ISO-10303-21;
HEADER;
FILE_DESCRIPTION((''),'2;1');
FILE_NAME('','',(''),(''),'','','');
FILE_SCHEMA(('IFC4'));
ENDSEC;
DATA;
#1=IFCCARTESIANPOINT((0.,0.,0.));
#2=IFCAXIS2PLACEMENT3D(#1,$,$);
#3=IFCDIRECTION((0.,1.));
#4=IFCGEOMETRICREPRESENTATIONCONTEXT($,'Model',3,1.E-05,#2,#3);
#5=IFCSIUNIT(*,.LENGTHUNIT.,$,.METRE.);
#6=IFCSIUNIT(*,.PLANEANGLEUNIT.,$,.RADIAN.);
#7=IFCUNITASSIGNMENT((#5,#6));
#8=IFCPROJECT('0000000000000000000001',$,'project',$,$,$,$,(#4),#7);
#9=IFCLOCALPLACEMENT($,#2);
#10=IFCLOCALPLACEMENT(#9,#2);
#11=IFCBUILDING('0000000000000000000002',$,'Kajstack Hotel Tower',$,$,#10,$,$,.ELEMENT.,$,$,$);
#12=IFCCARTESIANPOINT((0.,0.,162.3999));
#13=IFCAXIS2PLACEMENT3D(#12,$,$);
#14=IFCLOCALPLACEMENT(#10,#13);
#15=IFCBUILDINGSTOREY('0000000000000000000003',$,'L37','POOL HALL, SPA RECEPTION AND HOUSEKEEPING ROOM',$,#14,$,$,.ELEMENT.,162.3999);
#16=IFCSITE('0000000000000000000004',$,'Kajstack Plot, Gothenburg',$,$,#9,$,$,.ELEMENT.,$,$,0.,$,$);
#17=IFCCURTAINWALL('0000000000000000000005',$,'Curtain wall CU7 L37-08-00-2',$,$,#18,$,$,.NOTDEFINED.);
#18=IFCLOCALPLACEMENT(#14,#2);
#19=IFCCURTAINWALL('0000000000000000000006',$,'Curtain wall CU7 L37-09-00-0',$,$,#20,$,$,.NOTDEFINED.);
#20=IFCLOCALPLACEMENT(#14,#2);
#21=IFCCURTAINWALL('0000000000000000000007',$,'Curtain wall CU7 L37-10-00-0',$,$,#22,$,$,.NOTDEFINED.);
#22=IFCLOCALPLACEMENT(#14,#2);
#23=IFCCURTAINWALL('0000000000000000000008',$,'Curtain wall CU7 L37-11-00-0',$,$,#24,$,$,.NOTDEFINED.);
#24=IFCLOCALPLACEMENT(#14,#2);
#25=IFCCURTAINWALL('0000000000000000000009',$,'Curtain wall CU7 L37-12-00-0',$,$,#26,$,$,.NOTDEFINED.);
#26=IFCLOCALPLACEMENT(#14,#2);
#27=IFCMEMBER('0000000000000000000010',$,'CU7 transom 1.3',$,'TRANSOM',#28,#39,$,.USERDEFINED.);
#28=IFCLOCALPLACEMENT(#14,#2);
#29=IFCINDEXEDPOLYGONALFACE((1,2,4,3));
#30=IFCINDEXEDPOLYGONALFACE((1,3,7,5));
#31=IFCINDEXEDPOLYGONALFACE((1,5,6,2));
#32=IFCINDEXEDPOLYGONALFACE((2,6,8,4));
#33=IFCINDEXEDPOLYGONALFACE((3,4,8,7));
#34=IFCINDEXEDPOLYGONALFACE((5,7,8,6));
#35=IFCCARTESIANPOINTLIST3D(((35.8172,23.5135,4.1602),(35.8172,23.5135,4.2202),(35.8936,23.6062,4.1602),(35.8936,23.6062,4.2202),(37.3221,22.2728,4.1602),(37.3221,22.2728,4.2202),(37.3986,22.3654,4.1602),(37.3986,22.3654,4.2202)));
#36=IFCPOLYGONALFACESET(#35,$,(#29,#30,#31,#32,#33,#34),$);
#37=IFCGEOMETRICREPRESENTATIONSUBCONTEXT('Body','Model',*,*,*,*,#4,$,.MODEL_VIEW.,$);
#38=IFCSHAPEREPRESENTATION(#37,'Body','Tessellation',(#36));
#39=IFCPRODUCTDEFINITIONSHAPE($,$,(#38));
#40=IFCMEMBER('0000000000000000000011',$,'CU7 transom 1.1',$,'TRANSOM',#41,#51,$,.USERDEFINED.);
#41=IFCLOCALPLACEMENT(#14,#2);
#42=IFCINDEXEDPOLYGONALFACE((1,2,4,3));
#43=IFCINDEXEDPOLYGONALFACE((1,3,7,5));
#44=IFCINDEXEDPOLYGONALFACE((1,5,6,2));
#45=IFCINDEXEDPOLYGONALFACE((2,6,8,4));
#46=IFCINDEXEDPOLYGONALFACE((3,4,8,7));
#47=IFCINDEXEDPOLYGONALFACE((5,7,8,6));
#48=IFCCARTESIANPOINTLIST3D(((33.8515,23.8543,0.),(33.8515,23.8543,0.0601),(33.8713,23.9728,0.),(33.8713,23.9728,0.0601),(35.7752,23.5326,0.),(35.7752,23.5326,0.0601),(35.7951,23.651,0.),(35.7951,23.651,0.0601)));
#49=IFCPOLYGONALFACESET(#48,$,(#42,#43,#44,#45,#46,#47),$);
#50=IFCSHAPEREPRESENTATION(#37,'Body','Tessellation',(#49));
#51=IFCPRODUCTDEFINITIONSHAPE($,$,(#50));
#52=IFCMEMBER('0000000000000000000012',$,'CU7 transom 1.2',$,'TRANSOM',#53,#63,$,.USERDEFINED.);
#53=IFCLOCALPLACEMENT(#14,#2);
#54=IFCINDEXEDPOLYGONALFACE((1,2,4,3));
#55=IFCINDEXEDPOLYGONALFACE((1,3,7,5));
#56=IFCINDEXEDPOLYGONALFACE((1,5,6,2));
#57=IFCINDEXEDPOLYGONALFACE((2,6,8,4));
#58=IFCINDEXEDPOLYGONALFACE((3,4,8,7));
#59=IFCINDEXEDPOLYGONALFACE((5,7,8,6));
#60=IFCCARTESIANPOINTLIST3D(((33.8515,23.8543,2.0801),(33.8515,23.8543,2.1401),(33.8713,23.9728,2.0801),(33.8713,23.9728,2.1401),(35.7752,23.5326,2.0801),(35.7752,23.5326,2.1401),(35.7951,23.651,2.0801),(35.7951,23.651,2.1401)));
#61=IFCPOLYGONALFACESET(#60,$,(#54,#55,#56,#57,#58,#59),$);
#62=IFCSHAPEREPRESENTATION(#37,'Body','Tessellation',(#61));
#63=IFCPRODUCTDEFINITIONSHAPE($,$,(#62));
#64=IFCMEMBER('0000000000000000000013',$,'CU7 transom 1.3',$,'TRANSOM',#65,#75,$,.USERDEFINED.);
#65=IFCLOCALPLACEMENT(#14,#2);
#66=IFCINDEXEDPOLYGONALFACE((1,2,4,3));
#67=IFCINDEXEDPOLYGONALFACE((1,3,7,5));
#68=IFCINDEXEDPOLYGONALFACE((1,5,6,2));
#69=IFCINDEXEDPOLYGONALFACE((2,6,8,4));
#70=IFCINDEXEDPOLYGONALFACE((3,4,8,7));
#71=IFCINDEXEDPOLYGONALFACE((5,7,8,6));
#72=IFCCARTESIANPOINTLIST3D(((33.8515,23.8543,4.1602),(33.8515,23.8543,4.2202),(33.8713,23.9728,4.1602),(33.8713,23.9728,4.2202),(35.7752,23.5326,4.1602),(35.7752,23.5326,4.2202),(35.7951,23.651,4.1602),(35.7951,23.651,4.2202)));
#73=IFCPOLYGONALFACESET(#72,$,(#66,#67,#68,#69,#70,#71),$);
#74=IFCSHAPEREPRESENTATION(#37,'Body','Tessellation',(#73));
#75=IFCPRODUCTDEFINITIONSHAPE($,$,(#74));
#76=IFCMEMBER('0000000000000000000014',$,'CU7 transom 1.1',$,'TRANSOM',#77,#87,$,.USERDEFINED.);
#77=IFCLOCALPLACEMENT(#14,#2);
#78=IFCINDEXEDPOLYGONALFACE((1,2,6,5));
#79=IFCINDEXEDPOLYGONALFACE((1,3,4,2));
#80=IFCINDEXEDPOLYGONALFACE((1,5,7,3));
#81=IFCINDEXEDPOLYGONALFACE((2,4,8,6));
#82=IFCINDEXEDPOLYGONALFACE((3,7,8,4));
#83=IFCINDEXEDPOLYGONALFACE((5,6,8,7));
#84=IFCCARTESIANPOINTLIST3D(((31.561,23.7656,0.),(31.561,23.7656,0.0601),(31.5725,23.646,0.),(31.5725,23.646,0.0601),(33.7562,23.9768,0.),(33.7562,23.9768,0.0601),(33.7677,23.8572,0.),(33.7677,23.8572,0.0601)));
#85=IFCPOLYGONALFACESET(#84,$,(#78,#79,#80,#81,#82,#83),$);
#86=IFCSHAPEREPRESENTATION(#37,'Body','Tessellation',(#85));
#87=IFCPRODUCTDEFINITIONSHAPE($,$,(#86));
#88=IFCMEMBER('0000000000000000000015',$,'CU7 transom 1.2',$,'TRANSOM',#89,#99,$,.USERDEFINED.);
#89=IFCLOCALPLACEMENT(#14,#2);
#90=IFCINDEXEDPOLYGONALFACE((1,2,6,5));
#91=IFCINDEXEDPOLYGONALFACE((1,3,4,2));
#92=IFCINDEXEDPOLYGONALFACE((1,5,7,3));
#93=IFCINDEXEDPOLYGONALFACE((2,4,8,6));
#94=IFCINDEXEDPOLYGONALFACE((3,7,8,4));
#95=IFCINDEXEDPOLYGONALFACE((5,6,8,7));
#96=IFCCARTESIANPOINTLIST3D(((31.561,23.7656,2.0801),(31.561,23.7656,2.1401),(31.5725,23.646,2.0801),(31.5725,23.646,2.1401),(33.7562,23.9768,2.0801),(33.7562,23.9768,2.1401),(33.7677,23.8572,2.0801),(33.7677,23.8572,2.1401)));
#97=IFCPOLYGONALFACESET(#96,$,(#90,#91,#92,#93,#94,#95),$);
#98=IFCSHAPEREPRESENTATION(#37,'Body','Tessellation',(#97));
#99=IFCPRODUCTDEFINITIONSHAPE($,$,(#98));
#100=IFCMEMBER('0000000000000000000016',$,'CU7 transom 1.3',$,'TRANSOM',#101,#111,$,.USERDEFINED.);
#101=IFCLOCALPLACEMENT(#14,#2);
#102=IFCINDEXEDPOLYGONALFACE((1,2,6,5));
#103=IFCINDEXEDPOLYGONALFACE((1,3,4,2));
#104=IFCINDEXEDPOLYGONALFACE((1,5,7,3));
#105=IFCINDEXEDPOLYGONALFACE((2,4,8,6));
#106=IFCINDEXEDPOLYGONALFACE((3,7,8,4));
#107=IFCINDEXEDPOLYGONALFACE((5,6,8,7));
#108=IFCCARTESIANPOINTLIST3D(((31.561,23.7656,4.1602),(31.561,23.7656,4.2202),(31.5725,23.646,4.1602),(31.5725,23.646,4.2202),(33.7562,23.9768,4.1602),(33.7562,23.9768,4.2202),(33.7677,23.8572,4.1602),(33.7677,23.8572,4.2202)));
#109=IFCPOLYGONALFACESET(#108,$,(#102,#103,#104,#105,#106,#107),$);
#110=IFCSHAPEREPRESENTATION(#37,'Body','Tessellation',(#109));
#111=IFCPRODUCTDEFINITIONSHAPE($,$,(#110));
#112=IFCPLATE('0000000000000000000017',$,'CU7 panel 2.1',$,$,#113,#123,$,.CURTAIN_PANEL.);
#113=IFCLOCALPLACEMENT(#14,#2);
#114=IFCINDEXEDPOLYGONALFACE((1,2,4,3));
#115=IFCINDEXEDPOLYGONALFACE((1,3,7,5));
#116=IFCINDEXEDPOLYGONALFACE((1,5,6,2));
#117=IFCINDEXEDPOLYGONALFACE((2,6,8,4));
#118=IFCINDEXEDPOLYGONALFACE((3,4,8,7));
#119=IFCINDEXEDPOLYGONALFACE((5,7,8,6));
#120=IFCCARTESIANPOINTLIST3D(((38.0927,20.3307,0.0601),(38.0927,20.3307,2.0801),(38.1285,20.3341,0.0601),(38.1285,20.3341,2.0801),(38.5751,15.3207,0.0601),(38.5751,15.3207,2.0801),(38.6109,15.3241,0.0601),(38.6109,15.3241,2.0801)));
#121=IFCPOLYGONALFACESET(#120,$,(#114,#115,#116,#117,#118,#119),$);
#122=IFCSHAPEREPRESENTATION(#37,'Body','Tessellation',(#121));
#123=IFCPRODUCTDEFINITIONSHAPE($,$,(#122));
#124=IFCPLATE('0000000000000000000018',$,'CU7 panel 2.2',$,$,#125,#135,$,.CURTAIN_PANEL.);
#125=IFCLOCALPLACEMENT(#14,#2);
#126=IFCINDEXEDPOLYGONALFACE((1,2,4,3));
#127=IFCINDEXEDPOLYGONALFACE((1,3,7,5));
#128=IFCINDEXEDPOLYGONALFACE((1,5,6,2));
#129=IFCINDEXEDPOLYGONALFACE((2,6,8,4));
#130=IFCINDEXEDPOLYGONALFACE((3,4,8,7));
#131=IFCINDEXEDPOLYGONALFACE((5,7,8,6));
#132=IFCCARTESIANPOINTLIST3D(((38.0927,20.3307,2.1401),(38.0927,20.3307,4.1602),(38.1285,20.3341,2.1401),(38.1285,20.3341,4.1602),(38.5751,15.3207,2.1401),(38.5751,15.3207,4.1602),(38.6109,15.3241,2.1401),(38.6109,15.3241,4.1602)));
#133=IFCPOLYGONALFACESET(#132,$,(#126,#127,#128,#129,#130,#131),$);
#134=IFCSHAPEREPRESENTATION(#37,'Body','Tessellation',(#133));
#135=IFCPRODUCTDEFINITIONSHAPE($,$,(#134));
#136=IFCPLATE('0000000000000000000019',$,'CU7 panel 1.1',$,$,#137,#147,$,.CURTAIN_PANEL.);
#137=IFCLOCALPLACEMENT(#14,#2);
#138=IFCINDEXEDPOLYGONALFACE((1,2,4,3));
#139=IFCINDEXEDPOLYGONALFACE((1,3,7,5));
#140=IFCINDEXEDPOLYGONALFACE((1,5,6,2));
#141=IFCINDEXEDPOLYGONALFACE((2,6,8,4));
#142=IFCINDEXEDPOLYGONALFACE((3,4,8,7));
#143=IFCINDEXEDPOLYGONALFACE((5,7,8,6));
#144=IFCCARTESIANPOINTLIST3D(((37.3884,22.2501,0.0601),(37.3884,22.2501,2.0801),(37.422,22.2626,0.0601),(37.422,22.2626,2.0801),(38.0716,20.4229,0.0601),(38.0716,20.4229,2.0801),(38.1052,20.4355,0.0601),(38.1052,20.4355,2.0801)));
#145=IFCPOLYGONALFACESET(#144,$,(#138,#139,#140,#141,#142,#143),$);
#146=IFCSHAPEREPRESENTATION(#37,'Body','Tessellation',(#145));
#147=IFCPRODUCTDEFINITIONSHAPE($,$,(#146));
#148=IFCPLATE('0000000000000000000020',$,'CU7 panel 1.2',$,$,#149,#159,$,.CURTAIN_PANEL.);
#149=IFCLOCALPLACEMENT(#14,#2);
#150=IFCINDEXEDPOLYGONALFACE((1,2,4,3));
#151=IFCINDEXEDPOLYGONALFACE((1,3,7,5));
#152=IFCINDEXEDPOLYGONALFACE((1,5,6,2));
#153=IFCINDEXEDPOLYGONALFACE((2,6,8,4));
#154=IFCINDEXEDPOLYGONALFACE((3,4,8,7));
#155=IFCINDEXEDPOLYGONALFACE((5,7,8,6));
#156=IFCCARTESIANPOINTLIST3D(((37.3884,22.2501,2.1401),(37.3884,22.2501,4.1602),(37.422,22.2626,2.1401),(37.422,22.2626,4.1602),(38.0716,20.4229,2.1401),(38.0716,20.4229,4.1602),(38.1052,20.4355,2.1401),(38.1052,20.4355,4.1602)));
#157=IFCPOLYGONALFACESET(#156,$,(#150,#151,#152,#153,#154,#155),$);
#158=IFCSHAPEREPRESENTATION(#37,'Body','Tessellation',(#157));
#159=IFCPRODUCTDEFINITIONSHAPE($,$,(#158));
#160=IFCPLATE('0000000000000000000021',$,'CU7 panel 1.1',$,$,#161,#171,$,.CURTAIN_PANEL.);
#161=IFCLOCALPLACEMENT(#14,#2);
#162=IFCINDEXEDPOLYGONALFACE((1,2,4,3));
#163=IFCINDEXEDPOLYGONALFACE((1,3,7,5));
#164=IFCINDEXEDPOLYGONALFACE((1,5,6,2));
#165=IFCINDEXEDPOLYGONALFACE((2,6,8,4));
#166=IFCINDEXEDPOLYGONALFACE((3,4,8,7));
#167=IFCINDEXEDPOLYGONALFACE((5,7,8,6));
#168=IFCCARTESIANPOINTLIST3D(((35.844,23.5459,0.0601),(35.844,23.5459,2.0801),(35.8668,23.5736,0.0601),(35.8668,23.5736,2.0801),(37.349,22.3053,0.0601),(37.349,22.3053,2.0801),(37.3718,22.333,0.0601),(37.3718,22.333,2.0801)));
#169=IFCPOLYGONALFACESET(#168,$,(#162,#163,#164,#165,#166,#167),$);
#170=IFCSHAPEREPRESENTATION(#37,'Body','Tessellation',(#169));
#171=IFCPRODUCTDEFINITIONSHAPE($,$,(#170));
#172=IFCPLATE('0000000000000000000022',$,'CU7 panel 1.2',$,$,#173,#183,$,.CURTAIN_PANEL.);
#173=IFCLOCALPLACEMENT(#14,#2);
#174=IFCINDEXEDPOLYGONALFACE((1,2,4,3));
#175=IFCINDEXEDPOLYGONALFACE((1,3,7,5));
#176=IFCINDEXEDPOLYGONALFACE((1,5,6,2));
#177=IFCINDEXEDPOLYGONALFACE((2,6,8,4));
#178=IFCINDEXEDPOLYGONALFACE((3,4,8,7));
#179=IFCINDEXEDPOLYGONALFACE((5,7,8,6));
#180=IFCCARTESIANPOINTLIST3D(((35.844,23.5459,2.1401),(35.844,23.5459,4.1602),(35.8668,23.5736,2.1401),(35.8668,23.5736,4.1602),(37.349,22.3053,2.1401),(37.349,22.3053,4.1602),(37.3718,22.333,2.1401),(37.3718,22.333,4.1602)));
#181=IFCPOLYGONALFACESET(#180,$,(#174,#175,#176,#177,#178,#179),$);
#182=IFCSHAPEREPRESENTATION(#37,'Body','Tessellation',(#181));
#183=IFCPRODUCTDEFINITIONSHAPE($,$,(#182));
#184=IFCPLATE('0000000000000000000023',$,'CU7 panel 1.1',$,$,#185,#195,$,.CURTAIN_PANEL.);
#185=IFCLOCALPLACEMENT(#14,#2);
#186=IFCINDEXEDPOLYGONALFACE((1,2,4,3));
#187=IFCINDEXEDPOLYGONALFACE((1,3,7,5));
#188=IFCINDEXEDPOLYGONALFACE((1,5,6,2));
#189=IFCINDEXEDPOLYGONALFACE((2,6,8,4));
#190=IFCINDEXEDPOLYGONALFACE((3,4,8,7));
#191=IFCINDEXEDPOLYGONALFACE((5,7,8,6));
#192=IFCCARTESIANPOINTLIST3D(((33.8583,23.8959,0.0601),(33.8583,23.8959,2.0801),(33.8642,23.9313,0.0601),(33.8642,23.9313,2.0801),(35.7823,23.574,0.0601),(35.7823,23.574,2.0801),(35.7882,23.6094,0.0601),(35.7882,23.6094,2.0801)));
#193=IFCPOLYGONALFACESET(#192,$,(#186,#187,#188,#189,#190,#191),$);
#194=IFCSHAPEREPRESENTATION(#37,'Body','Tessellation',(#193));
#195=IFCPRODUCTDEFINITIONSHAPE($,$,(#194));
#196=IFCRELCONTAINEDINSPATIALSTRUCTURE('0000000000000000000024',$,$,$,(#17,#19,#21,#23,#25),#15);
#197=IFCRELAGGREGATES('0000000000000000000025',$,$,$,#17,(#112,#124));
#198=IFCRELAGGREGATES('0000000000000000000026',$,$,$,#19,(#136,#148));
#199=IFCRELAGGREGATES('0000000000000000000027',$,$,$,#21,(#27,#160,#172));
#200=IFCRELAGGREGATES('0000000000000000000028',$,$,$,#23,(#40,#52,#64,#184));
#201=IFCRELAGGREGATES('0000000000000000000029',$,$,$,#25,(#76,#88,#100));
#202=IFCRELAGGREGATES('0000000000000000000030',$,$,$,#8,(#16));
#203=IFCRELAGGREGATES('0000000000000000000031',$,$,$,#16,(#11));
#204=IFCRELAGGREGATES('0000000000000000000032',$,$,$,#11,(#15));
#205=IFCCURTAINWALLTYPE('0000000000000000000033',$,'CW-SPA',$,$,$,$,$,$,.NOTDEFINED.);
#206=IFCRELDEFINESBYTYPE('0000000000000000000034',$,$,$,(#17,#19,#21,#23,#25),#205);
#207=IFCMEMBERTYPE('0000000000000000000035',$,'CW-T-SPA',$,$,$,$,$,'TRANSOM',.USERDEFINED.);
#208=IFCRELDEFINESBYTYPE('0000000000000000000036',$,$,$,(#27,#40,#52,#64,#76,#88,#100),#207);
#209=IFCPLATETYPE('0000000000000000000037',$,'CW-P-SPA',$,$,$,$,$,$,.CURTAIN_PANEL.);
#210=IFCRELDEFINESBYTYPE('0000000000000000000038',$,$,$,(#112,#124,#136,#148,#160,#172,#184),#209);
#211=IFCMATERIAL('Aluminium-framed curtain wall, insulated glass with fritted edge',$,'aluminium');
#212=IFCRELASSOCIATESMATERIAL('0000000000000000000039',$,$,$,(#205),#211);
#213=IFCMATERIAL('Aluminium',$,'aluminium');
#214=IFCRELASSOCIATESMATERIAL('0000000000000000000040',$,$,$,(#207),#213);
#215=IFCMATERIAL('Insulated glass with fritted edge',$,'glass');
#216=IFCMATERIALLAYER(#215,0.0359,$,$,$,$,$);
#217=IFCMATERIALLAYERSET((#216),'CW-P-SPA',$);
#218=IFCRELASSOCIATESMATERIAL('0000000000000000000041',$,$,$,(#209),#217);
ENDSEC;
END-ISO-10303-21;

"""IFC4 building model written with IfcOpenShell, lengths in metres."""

from ifc_helpers import new_model, si_unit, direction, frame, origin, origin_2d, place, context, subcontext, project, spatial, rectangle, extrude, material, layer, layer_set, material_profile, profile_set, type_object, element, aggregate, save


model = new_model("IFC4")

# Units and contexts
model_context = context("Model", 3, precision=1e-05, world=origin(), true_north=direction((0.0, 1.0)))
body_context = subcontext(model_context, "Body", "Model", "MODEL_VIEW")
ifc_project = project(units=[si_unit("LENGTHUNIT", "METRE"), si_unit("PLANEANGLEUNIT", "RADIAN")], contexts=[model_context])

# Site, building, storey
site_placement = place(None, origin())
site = spatial("IfcSite", under=ifc_project, at=site_placement, Name="Kajstack Plot, Gothenburg", CompositionType="ELEMENT", RefElevation=0.0)
building_placement = place(site_placement, origin())
building = spatial("IfcBuilding", under=site, at=building_placement, Name="Kajstack Hotel Tower", CompositionType="ELEMENT")
storey_placement = place(building_placement, frame((0.0, 0.0, 162.3999)))
storey = spatial("IfcBuildingStorey", under=building, at=storey_placement, Name="L37", Description="POOL HALL, SPA RECEPTION AND HOUSEKEEPING ROOM", CompositionType="ELEMENT", Elevation=162.3999)

# Curtain wall
ifc_material_1 = material(Name="Aluminium-framed curtain wall, insulated glass with fritted edge", Category="aluminium")
curtain_wall_type = type_object("IfcCurtainWallType", Name="CW-SPA", PredefinedType="NOTDEFINED", material=ifc_material_1)
curtain_wall_1_placement = place(storey_placement, origin())
curtain_wall_1 = element("IfcCurtainWall", 1, at=curtain_wall_1_placement, inside=storey, type_object=curtain_wall_type, Name="Curtain wall CU7 L37-08-00-2", PredefinedType="NOTDEFINED")
ifc_material_2 = material(Name="Aluminium", Category="aluminium")

# Curtain walls
curtain_wall_2_placement = place(storey_placement, origin())
curtain_wall_2 = element("IfcCurtainWall", 2, at=curtain_wall_2_placement, inside=storey, type_object=curtain_wall_type, Name="Curtain wall CU7 L37-09-00-0", PredefinedType="NOTDEFINED")
curtain_wall_3_placement = place(storey_placement, origin())
curtain_wall_3 = element("IfcCurtainWall", 3, at=curtain_wall_3_placement, inside=storey, type_object=curtain_wall_type, Name="Curtain wall CU7 L37-10-00-0", PredefinedType="NOTDEFINED")
curtain_wall_4_placement = place(storey_placement, origin())
curtain_wall_4 = element("IfcCurtainWall", 4, at=curtain_wall_4_placement, inside=storey, type_object=curtain_wall_type, Name="Curtain wall CU7 L37-11-00-0", PredefinedType="NOTDEFINED")
curtain_wall_5_placement = place(storey_placement, origin())
curtain_wall_5 = element("IfcCurtainWall", 5, at=curtain_wall_5_placement, inside=storey, type_object=curtain_wall_type, Name="Curtain wall CU7 L37-12-00-0", PredefinedType="NOTDEFINED")

# Members
ifc_material_profile_1 = material_profile(ifc_material_2, rectangle(XDim=0.1201, YDim=0.0601, at=origin_2d()), Name="Aluminium transom 120 x 60")
ifc_profile_set_1 = profile_set([ifc_material_profile_1], Name="Aluminium")
member_type_1 = type_object("IfcMemberType", Name="CW-T-SPA", ElementType="TRANSOM", PredefinedType="USERDEFINED", material=ifc_profile_set_1)
member_1_placement = place(storey_placement, frame((37.3604, 22.3191, 4.1902), z_axis=(-0.771576, 0.636137, 0.0), x_axis=(-0.636137, -0.771576, 0.0)))
member_1 = element("IfcMember", 6, at=member_1_placement, type_object=member_type_1, Name="CU7 transom 1.3", ObjectType="TRANSOM", PredefinedType="USERDEFINED", context=body_context, shape_type="SweptSolid", body=[
    extrude(rectangle(XDim=0.1201, YDim=0.0601, at=origin_2d()), origin(), (0.0, 0.0, 1.0), 1.9504),
])
member_2_placement = place(storey_placement, frame((35.7852, 23.5918, 0.03), z_axis=(-0.986299, 0.164967, 0.0), x_axis=(-0.164967, -0.986299, 0.0)))
member_2 = element("IfcMember", 7, at=member_2_placement, type_object=member_type_1, Name="CU7 transom 1.1", ObjectType="TRANSOM", PredefinedType="USERDEFINED", context=body_context, shape_type="SweptSolid", body=[
    extrude(rectangle(XDim=0.1201, YDim=0.0601, at=origin_2d()), origin(), (0.0, 0.0, 1.0), 1.9504),
])
member_3_placement = place(storey_placement, frame((35.7852, 23.5918, 2.1101), z_axis=(-0.986299, 0.164967, 0.0), x_axis=(-0.164967, -0.986299, 0.0)))
member_3 = element("IfcMember", 8, at=member_3_placement, type_object=member_type_1, Name="CU7 transom 1.2", ObjectType="TRANSOM", PredefinedType="USERDEFINED", context=body_context, shape_type="SweptSolid", body=[
    extrude(rectangle(XDim=0.1201, YDim=0.0601, at=origin_2d()), origin(), (0.0, 0.0, 1.0), 1.9504),
])
member_4_placement = place(storey_placement, frame((35.7852, 23.5918, 4.1902), z_axis=(-0.986299, 0.164967, 0.0), x_axis=(-0.164967, -0.986299, 0.0)))
member_4 = element("IfcMember", 9, at=member_4_placement, type_object=member_type_1, Name="CU7 transom 1.3", ObjectType="TRANSOM", PredefinedType="USERDEFINED", context=body_context, shape_type="SweptSolid", body=[
    extrude(rectangle(XDim=0.1201, YDim=0.0601, at=origin_2d()), origin(), (0.0, 0.0, 1.0), 1.9504),
])
member_5_placement = place(storey_placement, frame((33.762, 23.917, 0.03), z_axis=(-0.995404, -0.095765, 0.0), x_axis=(0.095765, -0.995404, 0.0)))
member_5 = element("IfcMember", 10, at=member_5_placement, type_object=member_type_1, Name="CU7 transom 1.1", ObjectType="TRANSOM", PredefinedType="USERDEFINED", context=body_context, shape_type="SweptSolid", body=[
    extrude(rectangle(XDim=0.1201, YDim=0.0601, at=origin_2d()), origin(), (0.0, 0.0, 1.0), 2.2053),
])
member_6_placement = place(storey_placement, frame((33.762, 23.917, 2.1101), z_axis=(-0.995404, -0.095765, 0.0), x_axis=(0.095765, -0.995404, 0.0)))
member_6 = element("IfcMember", 11, at=member_6_placement, type_object=member_type_1, Name="CU7 transom 1.2", ObjectType="TRANSOM", PredefinedType="USERDEFINED", context=body_context, shape_type="SweptSolid", body=[
    extrude(rectangle(XDim=0.1201, YDim=0.0601, at=origin_2d()), origin(), (0.0, 0.0, 1.0), 2.2053),
])
member_7_placement = place(storey_placement, frame((33.762, 23.917, 4.1902), z_axis=(-0.995404, -0.095765, 0.0), x_axis=(0.095765, -0.995404, 0.0)))
member_7 = element("IfcMember", 12, at=member_7_placement, type_object=member_type_1, Name="CU7 transom 1.3", ObjectType="TRANSOM", PredefinedType="USERDEFINED", context=body_context, shape_type="SweptSolid", body=[
    extrude(rectangle(XDim=0.1201, YDim=0.0601, at=origin_2d()), origin(), (0.0, 0.0, 1.0), 2.2053),
])

# Plates
ifc_material_3 = material(Name="Insulated glass with fritted edge", Category="glass")
ifc_layer_1 = layer(ifc_material_3, 0.0359)
ifc_layer_set_1 = layer_set([ifc_layer_1], Name="CW-P-SPA")
plate_type = type_object("IfcPlateType", Name="CW-P-SPA", PredefinedType="CURTAIN_PANEL", material=ifc_layer_set_1)
plate_1_placement = place(storey_placement, frame((38.3518, 17.8274, 0.0601), z_axis=(0.0, 0.0, 1.0), x_axis=(-0.095844, 0.995396, 0.0)))
plate_1 = element("IfcPlate", 13, at=plate_1_placement, type_object=plate_type, Name="CU7 panel 2.1", PredefinedType="CURTAIN_PANEL", context=body_context, shape_type="SweptSolid", body=[
    extrude(rectangle(XDim=5.0332, YDim=0.0359, at=origin_2d()), origin(), (0.0, 0.0, 1.0), 2.02),
])
plate_2_placement = place(storey_placement, frame((38.3518, 17.8274, 2.1401), z_axis=(0.0, 0.0, 1.0), x_axis=(-0.095844, 0.995396, 0.0)))
plate_2 = element("IfcPlate", 14, at=plate_2_placement, type_object=plate_type, Name="CU7 panel 2.2", PredefinedType="CURTAIN_PANEL", context=body_context, shape_type="SweptSolid", body=[
    extrude(rectangle(XDim=5.0332, YDim=0.0359, at=origin_2d()), origin(), (0.0, 0.0, 1.0), 2.02),
])
aggregate(curtain_wall_1, [plate_1, plate_2])
plate_3_placement = place(storey_placement, frame((37.7468, 21.3428, 0.0601), z_axis=(0.0, 0.0, 1.0), x_axis=(-0.350229, 0.936664, 0.0)))
plate_3 = element("IfcPlate", 15, at=plate_3_placement, type_object=plate_type, Name="CU7 panel 1.1", PredefinedType="CURTAIN_PANEL", context=body_context, shape_type="SweptSolid", body=[
    extrude(rectangle(XDim=1.9507, YDim=0.0359, at=origin_2d()), origin(), (0.0, 0.0, 1.0), 2.02),
])
plate_4_placement = place(storey_placement, frame((37.7468, 21.3428, 2.1401), z_axis=(0.0, 0.0, 1.0), x_axis=(-0.350229, 0.936664, 0.0)))
plate_4 = element("IfcPlate", 16, at=plate_4_placement, type_object=plate_type, Name="CU7 panel 1.2", PredefinedType="CURTAIN_PANEL", context=body_context, shape_type="SweptSolid", body=[
    extrude(rectangle(XDim=1.9507, YDim=0.0359, at=origin_2d()), origin(), (0.0, 0.0, 1.0), 2.02),
])
aggregate(curtain_wall_2, [plate_3, plate_4])
plate_5_placement = place(storey_placement, frame((36.6079, 22.9395, 0.0601), z_axis=(0.0, 0.0, 1.0), x_axis=(-0.771615, 0.63609, 0.0)))
plate_5 = element("IfcPlate", 17, at=plate_5_placement, type_object=plate_type, Name="CU7 panel 1.1", PredefinedType="CURTAIN_PANEL", context=body_context, shape_type="SweptSolid", body=[
    extrude(rectangle(XDim=1.9504, YDim=0.0359, at=origin_2d()), origin(), (0.0, 0.0, 1.0), 2.02),
])
plate_6_placement = place(storey_placement, frame((36.6079, 22.9395, 2.1401), z_axis=(0.0, 0.0, 1.0), x_axis=(-0.771615, 0.63609, 0.0)))
plate_6 = element("IfcPlate", 18, at=plate_6_placement, type_object=plate_type, Name="CU7 panel 1.2", PredefinedType="CURTAIN_PANEL", context=body_context, shape_type="SweptSolid", body=[
    extrude(rectangle(XDim=1.9504, YDim=0.0359, at=origin_2d()), origin(), (0.0, 0.0, 1.0), 2.02),
])
aggregate(curtain_wall_3, [member_1, plate_5, plate_6])
plate_7_placement = place(storey_placement, frame((34.8232, 23.7527, 0.0601), z_axis=(0.0, 0.0, 1.0), x_axis=(-0.986289, 0.165025, 0.0)))
plate_7 = element("IfcPlate", 19, at=plate_7_placement, type_object=plate_type, Name="CU7 panel 1.1", PredefinedType="CURTAIN_PANEL", context=body_context, shape_type="SweptSolid", body=[
    extrude(rectangle(XDim=1.9507, YDim=0.0359, at=origin_2d()), origin(), (0.0, 0.0, 1.0), 2.02),
])
aggregate(curtain_wall_4, [member_2, member_3, member_4, plate_7])
aggregate(curtain_wall_5, [member_5, member_6, member_7])

save(model, "model.ifc")
